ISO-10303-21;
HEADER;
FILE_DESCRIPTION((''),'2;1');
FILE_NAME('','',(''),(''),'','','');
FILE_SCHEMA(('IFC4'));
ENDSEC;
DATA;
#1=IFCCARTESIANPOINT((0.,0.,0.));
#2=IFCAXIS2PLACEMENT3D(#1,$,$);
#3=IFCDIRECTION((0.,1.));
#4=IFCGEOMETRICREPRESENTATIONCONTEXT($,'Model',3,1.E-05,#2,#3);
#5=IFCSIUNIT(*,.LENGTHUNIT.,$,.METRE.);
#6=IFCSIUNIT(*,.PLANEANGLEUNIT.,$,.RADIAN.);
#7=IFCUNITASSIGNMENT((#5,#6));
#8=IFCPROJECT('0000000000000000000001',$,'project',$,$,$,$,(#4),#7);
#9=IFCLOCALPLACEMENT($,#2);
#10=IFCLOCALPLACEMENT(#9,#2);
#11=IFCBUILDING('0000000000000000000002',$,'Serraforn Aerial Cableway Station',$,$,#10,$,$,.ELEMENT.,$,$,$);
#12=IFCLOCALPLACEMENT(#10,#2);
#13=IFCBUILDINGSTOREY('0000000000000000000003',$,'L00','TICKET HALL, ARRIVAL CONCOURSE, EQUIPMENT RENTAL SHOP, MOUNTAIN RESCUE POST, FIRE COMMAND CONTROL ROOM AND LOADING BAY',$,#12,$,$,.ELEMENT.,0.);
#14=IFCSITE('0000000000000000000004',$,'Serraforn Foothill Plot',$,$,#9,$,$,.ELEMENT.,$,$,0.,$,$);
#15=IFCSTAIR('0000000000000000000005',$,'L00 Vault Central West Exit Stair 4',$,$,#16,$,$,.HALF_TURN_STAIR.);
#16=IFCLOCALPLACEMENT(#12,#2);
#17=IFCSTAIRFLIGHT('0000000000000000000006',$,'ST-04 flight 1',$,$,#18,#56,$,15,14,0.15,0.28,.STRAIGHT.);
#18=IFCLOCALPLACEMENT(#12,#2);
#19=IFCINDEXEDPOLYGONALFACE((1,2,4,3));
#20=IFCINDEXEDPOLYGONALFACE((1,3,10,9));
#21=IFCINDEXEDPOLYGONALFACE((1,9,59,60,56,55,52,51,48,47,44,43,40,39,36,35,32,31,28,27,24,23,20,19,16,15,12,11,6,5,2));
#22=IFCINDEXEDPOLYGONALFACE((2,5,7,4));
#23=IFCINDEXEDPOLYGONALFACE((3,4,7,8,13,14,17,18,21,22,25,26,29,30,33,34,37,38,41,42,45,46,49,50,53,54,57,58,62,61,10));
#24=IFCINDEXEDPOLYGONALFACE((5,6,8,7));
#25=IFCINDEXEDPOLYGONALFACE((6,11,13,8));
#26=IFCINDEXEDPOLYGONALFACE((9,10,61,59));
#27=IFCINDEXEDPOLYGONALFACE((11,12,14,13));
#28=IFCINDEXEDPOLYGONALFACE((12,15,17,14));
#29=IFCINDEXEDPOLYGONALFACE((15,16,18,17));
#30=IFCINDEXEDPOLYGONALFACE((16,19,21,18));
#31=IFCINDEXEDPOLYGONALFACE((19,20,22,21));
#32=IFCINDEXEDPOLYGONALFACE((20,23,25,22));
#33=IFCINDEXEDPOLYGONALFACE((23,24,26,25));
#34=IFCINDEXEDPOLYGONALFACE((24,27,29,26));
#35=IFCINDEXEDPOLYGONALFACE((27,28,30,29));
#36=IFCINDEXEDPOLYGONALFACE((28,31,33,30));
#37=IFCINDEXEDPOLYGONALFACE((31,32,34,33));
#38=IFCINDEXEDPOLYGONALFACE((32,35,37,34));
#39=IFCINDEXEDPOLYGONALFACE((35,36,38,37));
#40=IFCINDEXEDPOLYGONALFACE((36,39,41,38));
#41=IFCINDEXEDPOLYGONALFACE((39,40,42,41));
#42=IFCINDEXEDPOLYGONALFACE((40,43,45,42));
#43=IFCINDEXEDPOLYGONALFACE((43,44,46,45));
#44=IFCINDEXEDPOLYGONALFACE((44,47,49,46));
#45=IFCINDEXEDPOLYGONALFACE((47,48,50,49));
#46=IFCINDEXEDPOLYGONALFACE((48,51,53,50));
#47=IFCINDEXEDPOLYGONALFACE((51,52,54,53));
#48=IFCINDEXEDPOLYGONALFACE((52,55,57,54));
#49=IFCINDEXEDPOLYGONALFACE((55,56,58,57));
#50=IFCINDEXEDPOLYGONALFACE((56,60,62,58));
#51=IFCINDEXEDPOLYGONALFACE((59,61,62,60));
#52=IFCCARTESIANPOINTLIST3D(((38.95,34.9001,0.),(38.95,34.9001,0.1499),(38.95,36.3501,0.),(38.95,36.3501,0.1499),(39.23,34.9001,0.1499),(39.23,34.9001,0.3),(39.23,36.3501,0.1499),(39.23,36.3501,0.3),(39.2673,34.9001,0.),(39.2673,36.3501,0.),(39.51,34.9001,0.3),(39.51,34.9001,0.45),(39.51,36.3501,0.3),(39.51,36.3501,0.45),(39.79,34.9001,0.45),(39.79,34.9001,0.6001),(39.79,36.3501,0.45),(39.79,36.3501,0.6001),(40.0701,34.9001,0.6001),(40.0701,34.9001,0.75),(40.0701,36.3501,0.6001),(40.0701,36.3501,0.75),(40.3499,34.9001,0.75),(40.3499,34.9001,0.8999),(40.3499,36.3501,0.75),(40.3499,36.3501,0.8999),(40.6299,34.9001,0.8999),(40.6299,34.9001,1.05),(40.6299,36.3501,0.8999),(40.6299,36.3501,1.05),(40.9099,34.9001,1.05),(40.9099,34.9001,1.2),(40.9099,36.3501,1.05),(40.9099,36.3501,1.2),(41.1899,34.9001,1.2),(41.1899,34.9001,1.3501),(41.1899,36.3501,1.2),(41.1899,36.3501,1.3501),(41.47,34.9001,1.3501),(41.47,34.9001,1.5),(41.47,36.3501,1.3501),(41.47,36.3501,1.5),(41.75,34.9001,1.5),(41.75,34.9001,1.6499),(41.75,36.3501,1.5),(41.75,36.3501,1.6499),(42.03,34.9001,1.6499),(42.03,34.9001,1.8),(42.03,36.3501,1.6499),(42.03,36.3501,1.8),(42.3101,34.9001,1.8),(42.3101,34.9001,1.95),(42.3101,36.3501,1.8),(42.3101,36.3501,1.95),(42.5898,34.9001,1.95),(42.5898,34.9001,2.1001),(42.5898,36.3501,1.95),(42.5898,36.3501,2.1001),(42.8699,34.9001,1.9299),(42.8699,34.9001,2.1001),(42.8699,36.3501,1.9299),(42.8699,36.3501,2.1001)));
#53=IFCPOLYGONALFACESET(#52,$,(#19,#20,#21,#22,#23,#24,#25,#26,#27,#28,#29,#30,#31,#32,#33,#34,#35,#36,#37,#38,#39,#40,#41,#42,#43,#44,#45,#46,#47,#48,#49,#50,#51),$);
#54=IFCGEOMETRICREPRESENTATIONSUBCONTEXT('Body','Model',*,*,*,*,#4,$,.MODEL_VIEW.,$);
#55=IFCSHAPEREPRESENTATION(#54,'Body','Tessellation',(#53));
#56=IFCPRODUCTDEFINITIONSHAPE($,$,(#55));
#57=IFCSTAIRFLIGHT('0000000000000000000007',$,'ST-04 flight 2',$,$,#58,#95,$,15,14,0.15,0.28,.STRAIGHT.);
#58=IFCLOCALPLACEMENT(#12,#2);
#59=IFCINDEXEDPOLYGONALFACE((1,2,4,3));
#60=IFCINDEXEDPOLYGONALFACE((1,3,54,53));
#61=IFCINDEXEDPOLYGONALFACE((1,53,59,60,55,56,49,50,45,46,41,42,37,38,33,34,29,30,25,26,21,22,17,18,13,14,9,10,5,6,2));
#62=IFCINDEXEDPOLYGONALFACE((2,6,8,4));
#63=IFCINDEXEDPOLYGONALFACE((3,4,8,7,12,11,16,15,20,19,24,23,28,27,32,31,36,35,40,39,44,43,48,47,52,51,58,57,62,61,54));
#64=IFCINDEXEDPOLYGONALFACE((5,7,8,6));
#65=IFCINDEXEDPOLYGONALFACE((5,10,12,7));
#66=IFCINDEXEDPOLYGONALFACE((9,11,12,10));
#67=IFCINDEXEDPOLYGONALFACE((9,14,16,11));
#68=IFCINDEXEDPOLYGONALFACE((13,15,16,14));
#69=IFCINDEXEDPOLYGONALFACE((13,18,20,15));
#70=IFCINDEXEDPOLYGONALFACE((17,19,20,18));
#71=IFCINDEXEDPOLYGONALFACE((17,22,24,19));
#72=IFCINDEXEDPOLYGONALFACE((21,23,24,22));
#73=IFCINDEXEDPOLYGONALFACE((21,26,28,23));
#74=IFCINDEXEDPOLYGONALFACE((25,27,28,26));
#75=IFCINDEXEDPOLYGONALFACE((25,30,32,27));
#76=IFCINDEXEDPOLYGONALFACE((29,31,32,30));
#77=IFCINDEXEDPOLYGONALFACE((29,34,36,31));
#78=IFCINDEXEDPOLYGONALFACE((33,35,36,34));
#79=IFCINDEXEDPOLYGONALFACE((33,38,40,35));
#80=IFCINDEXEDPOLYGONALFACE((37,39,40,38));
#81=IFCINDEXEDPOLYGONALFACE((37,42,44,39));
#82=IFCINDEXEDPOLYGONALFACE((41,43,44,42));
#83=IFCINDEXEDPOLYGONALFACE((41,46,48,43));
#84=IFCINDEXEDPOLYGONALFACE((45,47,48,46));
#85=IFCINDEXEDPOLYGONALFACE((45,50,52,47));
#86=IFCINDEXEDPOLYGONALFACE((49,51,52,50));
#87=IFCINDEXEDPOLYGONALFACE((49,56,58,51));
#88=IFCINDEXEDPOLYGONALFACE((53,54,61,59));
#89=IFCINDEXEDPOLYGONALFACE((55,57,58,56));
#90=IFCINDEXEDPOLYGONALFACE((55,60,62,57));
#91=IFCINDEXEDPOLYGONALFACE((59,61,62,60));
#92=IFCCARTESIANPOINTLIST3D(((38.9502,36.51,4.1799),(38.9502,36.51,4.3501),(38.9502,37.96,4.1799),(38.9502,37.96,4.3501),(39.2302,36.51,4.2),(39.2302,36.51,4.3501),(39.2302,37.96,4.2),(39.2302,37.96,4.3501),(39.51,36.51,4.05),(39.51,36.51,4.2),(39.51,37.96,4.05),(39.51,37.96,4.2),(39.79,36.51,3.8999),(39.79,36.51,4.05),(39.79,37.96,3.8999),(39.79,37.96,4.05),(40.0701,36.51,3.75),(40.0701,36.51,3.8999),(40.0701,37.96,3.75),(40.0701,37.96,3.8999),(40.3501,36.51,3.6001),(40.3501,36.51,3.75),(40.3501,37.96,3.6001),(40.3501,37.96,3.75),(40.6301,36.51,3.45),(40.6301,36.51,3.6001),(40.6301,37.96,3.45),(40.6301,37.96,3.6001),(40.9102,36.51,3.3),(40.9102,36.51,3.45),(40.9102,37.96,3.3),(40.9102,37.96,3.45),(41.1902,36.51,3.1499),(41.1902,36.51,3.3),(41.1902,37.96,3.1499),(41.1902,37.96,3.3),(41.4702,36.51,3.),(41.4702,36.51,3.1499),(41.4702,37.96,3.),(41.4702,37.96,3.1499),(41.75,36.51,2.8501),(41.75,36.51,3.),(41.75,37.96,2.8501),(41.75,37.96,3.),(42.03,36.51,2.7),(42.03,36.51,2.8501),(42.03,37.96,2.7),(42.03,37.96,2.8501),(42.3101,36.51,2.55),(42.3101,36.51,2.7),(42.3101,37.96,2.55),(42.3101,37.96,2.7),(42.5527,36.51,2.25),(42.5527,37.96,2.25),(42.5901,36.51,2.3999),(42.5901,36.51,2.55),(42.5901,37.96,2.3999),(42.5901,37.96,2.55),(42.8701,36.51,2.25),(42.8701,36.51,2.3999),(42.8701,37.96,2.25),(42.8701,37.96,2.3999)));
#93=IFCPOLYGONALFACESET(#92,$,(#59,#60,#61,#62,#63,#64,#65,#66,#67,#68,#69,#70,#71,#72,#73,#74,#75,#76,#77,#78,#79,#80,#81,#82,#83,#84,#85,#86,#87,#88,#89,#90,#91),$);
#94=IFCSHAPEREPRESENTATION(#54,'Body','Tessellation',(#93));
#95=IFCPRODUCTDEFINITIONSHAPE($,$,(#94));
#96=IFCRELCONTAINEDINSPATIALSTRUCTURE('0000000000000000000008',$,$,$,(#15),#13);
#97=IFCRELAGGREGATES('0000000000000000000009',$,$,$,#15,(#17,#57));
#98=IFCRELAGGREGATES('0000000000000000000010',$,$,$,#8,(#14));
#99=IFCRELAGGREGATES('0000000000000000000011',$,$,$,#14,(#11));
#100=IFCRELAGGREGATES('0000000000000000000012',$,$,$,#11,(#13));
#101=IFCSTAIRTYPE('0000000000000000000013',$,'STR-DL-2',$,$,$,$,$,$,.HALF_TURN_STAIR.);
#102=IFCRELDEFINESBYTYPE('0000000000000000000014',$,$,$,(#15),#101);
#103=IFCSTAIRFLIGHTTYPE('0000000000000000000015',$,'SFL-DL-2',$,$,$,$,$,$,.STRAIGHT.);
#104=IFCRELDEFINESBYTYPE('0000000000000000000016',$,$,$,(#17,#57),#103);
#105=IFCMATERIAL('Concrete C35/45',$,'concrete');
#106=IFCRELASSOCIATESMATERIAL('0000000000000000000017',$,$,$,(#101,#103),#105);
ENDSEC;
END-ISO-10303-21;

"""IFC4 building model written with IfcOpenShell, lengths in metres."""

from ifc_helpers import new_model, si_unit, direction, frame, origin, place, context, subcontext, project, spatial, polyline, outline, extrude, material, type_object, element, aggregate, save


model = new_model("IFC4")

# Units and contexts
model_context = context("Model", 3, precision=1e-05, world=origin(), true_north=direction((0.0, 1.0)))
body_context = subcontext(model_context, "Body", "Model", "MODEL_VIEW")
ifc_project = project(units=[si_unit("LENGTHUNIT", "METRE"), si_unit("PLANEANGLEUNIT", "RADIAN")], contexts=[model_context])

# Site, building, storey
site_placement = place(None, origin())
site = spatial("IfcSite", under=ifc_project, at=site_placement, Name="Serraforn Foothill Plot", CompositionType="ELEMENT", RefElevation=0.0)
building_placement = place(site_placement, origin())
building = spatial("IfcBuilding", under=site, at=building_placement, Name="Serraforn Aerial Cableway Station", CompositionType="ELEMENT")
storey_placement = place(building_placement, origin())
storey = spatial("IfcBuildingStorey", under=building, at=storey_placement, Name="L00", Description="TICKET HALL, ARRIVAL CONCOURSE, EQUIPMENT RENTAL SHOP, MOUNTAIN RESCUE POST, FIRE COMMAND CONTROL ROOM AND LOADING BAY", CompositionType="ELEMENT", Elevation=0.0)

# Shared definitions
ifc_material_1 = material(Name="Concrete C35/45", Category="concrete")

# Stair, stair flights
stair_type = type_object("IfcStairType", Name="STR-DL-2", PredefinedType="HALF_TURN_STAIR", material=ifc_material_1)
stair_placement = place(storey_placement, origin())
stair = element("IfcStair", 1, at=stair_placement, inside=storey, type_object=stair_type, Name="L00 Vault Central West Exit Stair 4", PredefinedType="HALF_TURN_STAIR")
stair_flight_type = type_object("IfcStairFlightType", Name="SFL-DL-2", PredefinedType="STRAIGHT", material=ifc_material_1)
stair_flight_1_placement = place(storey_placement, frame((38.95, 35.625, 0.0), z_axis=(0.0, 0.0, 1.0), x_axis=(1.0, 0.0, 0.0)))
stair_flight_1 = element("IfcStairFlight", 2, at=stair_flight_1_placement, type_object=stair_flight_type, Name="ST-04 flight 1", NumberOfRisers=15, NumberOfTreads=14, PredefinedType="STRAIGHT", RiserHeight=0.15, TreadLength=0.28, context=body_context, shape_type="SweptSolid", body=[
    extrude(outline(polyline([(0.0, 0.0), (0.0, 0.1499), (0.28, 0.1499), (0.28, 0.3), (0.5601, 0.3), (0.5601, 0.45), (0.8401, 0.45), (0.8401, 0.6001), (1.1201, 0.6001), (1.1201, 0.75), (1.3999, 0.75), (1.3999, 0.8999), (1.6799, 0.8999), (1.6799, 1.05), (1.96, 1.05), (1.96, 1.2), (2.24, 1.2), (2.24, 1.3501), (2.52, 1.3501), (2.52, 1.5), (2.8, 1.5), (2.8, 1.6499), (3.0801, 1.6499), (3.0801, 1.8), (3.3601, 1.8), (3.3601, 1.95), (3.6399, 1.95), (3.6399, 2.1001), (3.9199, 2.1001), (3.9199, 2.25), (3.9199, 1.9299), (0.3174, 0.0), (0.0, 0.0)])), frame((0.0, 0.7251, 0.0), z_axis=(0.0, -1.0, 0.0), x_axis=(1.0, 0.0, 0.0)), (0.0, 0.0, 1.0), 1.45),
])
stair_flight_2_placement = place(storey_placement, frame((42.8701, 37.2351, 2.25), z_axis=(0.0, 0.0, 1.0), x_axis=(-1.0, 0.0, 0.0)))
stair_flight_2 = element("IfcStairFlight", 3, at=stair_flight_2_placement, type_object=stair_flight_type, Name="ST-04 flight 2", NumberOfRisers=15, NumberOfTreads=14, PredefinedType="STRAIGHT", RiserHeight=0.15, TreadLength=0.28, context=body_context, shape_type="SweptSolid", body=[
    extrude(outline(polyline([(0.0, 0.0), (0.0, 0.1499), (0.28, 0.1499), (0.28, 0.3), (0.5601, 0.3), (0.5601, 0.45), (0.8401, 0.45), (0.8401, 0.6001), (1.1201, 0.6001), (1.1201, 0.75), (1.3999, 0.75), (1.3999, 0.8999), (1.6799, 0.8999), (1.6799, 1.05), (1.96, 1.05), (1.96, 1.2), (2.24, 1.2), (2.24, 1.3501), (2.52, 1.3501), (2.52, 1.5), (2.8, 1.5), (2.8, 1.6499), (3.0801, 1.6499), (3.0801, 1.8), (3.3601, 1.8), (3.3601, 1.95), (3.6399, 1.95), (3.6399, 2.1001), (3.9199, 2.1001), (3.9199, 2.25), (3.9199, 1.9299), (0.3174, 0.0), (0.0, 0.0)])), frame((0.0, 0.7251, 0.0), z_axis=(0.0, -1.0, 0.0), x_axis=(1.0, 0.0, 0.0)), (0.0, 0.0, 1.0), 1.45),
])
aggregate(stair, [stair_flight_1, stair_flight_2])

save(model, "model.ifc")
